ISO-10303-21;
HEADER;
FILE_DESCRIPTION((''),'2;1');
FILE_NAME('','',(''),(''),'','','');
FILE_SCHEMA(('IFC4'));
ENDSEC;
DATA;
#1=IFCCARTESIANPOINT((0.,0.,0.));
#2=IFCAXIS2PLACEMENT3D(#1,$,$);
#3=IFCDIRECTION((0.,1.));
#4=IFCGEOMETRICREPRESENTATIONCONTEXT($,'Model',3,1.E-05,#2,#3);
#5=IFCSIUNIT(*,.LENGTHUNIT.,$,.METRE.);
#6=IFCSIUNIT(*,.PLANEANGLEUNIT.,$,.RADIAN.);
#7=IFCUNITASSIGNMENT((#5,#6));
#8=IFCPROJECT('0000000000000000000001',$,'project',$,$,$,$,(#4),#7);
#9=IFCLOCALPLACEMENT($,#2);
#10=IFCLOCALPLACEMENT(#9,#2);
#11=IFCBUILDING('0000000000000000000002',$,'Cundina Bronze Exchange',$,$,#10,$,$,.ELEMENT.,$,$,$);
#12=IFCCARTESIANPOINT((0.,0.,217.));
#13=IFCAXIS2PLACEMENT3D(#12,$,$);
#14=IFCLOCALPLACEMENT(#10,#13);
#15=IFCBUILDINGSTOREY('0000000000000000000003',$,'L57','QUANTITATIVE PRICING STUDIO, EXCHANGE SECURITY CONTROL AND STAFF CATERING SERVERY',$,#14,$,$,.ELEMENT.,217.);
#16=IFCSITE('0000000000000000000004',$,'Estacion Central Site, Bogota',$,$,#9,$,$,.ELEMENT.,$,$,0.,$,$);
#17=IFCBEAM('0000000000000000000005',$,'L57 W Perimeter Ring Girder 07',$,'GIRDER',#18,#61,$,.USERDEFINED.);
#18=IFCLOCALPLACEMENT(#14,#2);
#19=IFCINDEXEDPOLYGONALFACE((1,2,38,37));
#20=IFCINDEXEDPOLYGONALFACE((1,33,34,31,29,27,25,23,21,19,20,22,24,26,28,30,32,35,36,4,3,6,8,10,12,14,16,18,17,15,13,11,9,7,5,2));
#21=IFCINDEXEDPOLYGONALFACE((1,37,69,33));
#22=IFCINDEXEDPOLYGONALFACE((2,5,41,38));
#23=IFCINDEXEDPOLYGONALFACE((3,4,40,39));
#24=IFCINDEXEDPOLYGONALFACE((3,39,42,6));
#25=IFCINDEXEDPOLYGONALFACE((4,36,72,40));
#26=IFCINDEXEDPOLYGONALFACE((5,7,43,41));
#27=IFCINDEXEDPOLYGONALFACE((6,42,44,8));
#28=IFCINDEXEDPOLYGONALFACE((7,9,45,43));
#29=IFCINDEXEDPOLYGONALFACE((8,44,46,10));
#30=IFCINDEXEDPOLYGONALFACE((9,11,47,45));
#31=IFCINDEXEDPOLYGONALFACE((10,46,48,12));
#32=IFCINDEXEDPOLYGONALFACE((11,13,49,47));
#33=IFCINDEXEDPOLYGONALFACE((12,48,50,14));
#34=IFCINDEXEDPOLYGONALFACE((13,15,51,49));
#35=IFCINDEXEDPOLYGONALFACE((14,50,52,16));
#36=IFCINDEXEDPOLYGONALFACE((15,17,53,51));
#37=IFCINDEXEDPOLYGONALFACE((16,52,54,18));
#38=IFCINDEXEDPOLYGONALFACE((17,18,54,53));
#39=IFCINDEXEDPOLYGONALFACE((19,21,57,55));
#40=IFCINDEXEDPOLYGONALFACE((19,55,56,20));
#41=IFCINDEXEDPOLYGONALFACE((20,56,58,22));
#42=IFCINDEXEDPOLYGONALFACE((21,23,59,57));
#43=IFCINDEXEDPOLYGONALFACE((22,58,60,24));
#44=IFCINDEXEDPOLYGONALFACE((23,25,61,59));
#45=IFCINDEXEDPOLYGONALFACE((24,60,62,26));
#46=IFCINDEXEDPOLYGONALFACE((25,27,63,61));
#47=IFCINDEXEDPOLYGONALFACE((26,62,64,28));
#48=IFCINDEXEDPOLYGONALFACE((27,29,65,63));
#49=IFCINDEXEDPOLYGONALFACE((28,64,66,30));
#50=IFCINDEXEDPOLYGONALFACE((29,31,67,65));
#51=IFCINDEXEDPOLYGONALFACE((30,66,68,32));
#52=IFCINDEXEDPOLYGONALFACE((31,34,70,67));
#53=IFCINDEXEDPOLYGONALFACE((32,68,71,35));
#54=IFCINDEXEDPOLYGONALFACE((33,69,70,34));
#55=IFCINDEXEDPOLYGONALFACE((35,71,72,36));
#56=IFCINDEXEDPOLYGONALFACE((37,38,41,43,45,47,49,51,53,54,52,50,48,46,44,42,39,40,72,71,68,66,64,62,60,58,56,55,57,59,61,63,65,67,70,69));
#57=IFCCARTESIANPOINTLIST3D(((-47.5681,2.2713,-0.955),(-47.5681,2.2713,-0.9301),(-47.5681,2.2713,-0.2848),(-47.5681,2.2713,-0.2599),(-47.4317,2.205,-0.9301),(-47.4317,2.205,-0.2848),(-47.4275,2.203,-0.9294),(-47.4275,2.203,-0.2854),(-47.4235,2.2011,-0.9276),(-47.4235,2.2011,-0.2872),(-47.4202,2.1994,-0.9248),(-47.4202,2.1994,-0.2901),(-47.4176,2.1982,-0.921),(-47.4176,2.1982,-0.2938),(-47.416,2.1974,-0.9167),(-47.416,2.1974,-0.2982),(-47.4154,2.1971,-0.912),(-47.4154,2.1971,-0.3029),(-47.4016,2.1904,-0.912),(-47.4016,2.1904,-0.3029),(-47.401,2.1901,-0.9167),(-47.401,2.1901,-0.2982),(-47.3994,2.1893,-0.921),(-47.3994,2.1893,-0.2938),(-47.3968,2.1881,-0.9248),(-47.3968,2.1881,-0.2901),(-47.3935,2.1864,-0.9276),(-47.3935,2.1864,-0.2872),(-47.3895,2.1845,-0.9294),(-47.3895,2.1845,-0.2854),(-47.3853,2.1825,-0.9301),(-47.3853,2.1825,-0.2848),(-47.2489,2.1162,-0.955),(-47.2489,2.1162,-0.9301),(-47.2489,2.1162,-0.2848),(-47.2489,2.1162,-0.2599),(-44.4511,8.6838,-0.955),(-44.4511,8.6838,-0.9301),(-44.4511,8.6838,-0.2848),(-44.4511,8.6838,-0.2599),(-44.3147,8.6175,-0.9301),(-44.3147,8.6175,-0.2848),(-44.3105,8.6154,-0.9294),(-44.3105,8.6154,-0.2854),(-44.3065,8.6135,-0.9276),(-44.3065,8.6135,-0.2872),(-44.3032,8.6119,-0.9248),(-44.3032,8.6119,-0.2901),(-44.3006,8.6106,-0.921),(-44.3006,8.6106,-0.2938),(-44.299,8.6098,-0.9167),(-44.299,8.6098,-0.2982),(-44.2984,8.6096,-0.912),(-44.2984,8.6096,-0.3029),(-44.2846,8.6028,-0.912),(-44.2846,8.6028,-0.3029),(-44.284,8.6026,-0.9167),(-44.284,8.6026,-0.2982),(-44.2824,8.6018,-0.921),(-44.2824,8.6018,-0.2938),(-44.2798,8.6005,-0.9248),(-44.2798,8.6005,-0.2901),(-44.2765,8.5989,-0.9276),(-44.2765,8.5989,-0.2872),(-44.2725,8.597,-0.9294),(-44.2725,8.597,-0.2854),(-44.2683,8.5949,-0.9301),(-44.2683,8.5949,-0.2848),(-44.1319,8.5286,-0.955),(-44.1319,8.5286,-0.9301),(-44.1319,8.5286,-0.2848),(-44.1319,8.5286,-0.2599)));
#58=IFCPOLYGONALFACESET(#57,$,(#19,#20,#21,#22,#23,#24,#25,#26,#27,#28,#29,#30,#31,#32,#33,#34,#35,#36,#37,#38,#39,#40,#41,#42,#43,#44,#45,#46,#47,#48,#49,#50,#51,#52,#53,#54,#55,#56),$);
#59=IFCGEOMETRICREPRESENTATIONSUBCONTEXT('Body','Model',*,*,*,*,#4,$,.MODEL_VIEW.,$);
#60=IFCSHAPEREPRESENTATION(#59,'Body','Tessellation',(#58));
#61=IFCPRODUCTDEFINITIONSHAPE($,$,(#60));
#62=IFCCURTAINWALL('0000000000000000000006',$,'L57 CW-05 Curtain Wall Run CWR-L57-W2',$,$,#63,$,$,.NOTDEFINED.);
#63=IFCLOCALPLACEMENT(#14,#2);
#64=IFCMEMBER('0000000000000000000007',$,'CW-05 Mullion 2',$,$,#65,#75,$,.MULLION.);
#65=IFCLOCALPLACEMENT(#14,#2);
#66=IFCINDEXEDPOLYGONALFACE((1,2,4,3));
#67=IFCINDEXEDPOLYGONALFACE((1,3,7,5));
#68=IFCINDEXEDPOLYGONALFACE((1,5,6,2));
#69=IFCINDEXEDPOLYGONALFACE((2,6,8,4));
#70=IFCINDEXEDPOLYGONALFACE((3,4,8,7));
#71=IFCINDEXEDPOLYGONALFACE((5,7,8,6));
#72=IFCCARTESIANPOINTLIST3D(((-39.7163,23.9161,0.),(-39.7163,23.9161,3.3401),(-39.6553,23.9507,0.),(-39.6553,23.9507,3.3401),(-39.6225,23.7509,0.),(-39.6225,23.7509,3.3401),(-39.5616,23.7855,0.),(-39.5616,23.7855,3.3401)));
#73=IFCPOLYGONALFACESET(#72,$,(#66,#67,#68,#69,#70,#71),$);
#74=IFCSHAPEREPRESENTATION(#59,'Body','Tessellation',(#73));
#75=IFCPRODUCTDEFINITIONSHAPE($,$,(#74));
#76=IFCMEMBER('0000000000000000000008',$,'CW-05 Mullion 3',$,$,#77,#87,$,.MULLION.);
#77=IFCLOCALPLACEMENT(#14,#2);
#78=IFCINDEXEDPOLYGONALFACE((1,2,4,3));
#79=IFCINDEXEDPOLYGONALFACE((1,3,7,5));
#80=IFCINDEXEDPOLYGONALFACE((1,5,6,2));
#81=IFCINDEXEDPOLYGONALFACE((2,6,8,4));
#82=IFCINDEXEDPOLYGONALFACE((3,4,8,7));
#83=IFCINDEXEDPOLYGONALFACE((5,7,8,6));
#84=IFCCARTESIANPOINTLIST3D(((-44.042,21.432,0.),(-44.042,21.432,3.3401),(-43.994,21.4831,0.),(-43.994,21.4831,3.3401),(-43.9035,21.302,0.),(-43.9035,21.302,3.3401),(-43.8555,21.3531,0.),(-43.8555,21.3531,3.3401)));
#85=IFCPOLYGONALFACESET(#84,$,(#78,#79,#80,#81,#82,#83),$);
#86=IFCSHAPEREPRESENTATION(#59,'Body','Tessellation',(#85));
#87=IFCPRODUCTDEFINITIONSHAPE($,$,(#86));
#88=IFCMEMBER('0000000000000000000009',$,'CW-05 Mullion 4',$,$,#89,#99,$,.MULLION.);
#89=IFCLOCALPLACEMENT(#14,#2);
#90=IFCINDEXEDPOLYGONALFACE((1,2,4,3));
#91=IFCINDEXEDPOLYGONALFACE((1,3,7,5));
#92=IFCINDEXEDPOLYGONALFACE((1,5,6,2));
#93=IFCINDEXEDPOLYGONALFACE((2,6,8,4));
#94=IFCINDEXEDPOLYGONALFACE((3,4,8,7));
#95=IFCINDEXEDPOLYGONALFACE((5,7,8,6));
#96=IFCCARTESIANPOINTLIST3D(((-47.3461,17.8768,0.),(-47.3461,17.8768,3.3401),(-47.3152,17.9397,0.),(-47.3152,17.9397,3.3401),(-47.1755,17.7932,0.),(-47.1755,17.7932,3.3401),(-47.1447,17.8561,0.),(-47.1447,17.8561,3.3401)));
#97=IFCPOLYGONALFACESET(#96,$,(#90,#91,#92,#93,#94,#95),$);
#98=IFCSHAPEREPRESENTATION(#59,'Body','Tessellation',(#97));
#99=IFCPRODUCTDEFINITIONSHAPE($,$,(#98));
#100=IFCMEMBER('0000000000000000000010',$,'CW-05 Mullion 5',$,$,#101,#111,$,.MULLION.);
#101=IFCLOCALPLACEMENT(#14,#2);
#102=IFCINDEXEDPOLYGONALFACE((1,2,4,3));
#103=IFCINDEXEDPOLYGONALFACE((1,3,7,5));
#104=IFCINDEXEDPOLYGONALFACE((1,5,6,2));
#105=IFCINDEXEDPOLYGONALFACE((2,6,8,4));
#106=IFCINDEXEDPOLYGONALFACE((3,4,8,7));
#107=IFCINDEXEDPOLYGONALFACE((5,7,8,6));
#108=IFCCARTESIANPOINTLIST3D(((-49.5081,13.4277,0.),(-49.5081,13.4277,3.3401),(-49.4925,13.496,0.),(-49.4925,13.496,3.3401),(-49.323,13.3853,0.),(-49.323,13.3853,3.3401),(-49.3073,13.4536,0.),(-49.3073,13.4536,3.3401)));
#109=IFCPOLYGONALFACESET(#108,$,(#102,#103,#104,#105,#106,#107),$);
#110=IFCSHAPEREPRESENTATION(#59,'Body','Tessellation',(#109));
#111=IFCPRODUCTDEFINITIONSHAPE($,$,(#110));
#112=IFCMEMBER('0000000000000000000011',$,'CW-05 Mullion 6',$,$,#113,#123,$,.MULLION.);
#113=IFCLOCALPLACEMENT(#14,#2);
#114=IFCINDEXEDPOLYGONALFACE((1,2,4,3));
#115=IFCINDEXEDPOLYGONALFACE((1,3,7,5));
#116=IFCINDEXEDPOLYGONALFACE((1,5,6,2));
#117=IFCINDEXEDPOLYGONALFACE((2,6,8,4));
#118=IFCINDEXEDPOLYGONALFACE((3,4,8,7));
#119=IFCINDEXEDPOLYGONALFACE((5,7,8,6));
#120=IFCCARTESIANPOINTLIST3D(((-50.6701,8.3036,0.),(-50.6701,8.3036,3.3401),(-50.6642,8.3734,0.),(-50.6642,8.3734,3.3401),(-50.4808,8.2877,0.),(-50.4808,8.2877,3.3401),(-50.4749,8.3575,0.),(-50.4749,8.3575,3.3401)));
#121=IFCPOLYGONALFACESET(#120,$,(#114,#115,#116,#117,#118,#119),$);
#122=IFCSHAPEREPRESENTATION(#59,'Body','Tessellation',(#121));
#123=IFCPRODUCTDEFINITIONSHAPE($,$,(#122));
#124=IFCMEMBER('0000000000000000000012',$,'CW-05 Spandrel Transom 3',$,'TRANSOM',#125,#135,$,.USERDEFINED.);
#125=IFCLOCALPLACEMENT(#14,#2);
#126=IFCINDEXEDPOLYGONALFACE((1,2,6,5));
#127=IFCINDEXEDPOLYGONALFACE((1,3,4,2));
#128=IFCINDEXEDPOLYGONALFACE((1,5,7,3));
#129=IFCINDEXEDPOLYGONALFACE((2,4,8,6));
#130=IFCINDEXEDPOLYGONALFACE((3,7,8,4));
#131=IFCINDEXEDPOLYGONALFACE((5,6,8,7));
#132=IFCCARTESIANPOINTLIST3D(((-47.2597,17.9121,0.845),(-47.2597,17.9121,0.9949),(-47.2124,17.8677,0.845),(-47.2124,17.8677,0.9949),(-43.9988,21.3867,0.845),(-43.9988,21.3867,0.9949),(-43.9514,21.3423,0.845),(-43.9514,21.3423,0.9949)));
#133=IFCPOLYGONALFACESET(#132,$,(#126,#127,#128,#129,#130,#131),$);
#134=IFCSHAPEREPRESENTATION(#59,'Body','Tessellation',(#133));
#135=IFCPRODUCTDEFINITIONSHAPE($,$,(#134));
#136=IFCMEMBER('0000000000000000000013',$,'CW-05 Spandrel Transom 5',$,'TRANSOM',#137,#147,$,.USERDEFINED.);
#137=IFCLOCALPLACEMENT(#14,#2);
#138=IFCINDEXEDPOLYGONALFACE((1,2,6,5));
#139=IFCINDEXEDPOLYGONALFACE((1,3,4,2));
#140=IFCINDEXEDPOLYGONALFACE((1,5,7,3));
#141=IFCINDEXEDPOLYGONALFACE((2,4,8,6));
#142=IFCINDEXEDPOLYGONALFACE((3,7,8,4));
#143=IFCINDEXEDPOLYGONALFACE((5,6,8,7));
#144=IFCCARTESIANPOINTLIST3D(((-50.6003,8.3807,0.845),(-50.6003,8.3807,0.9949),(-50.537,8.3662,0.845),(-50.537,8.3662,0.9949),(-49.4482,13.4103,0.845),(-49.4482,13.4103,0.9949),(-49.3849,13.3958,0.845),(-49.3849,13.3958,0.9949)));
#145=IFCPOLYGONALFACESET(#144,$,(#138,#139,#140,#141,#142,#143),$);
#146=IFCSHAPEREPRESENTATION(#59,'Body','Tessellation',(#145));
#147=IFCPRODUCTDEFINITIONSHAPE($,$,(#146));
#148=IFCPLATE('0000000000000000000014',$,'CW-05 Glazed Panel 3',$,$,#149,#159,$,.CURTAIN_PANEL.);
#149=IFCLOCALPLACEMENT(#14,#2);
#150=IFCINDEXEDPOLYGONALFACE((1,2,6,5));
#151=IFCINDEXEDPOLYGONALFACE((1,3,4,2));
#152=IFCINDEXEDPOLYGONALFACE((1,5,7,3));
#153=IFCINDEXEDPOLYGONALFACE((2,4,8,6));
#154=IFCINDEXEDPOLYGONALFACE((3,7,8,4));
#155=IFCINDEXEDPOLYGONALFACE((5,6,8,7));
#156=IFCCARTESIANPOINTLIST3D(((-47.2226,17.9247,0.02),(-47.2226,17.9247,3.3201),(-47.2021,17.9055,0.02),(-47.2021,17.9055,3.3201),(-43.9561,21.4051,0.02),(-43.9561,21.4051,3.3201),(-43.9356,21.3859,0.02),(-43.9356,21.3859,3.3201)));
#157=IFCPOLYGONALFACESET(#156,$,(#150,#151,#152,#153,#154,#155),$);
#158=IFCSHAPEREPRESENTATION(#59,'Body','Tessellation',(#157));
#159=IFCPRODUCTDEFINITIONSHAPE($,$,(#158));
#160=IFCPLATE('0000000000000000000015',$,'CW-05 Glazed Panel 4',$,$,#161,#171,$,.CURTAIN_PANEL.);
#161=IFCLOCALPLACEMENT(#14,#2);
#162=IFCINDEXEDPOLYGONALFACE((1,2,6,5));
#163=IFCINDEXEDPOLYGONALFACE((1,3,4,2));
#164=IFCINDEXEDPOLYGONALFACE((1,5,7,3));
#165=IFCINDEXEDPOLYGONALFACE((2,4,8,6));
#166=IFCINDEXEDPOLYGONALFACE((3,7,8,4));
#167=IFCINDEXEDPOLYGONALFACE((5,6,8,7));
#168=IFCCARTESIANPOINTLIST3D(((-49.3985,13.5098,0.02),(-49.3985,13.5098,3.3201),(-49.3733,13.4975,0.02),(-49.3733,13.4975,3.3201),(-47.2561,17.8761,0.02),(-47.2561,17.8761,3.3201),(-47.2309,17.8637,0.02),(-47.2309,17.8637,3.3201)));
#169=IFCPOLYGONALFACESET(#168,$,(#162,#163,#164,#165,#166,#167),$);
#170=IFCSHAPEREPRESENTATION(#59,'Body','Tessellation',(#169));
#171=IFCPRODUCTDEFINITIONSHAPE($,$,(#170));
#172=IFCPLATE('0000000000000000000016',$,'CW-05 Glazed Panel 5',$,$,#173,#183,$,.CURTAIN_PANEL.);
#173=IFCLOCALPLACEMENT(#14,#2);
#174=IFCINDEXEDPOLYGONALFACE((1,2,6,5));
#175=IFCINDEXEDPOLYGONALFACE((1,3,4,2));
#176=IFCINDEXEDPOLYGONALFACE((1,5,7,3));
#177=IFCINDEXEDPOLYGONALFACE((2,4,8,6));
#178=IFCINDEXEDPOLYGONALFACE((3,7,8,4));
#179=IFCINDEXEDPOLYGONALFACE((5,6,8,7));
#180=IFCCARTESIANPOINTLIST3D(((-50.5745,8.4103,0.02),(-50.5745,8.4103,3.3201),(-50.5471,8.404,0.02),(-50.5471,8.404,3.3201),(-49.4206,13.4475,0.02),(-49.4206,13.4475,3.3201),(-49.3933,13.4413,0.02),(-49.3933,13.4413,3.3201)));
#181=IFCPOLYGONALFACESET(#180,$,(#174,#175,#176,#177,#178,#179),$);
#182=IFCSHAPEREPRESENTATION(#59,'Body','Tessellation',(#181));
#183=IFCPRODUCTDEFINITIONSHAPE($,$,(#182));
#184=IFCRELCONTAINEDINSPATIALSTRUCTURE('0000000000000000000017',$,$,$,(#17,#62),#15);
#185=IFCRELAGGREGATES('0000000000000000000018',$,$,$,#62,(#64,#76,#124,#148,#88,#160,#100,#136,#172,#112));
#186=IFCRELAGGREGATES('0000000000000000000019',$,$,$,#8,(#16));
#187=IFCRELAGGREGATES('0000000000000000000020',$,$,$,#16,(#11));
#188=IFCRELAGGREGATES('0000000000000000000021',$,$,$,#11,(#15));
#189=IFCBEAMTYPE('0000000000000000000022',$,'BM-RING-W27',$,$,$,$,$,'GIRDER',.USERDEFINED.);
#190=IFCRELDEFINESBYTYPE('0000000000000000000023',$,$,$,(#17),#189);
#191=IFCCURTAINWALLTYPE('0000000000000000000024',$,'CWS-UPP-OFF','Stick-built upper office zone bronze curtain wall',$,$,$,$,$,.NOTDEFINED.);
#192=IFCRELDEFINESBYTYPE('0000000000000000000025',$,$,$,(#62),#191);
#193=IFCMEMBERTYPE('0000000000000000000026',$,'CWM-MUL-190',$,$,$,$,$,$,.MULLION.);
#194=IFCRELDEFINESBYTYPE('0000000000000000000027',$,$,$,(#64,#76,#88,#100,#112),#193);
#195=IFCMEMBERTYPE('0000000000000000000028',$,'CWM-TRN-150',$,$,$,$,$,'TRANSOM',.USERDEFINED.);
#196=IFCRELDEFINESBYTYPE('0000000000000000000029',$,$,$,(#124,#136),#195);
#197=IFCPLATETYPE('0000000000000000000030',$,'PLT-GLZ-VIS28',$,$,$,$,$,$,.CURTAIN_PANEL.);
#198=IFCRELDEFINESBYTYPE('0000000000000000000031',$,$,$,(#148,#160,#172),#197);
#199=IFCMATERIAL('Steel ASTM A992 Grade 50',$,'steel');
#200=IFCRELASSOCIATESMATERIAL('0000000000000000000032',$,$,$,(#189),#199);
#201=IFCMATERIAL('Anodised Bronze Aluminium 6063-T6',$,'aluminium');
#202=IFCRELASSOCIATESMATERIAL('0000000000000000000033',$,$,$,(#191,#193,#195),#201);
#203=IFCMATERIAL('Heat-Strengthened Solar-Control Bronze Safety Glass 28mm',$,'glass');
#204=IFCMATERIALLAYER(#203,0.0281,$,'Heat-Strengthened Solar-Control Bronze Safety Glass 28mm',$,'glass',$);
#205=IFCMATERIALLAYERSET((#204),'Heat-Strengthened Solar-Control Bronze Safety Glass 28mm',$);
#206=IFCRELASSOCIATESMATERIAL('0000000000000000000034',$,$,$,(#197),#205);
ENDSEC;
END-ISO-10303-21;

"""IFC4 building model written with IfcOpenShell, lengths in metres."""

from ifc_helpers import new_model, si_unit, direction, frame, origin, origin_2d, place, context, subcontext, project, spatial, rectangle, i_section, extrude, material, layer, layer_set, material_profile, profile_set, type_object, element, aggregate, save


model = new_model("IFC4")

# Units and contexts
model_context = context("Model", 3, precision=1e-05, world=origin(), true_north=direction((0.0, 1.0)))
body_context = subcontext(model_context, "Body", "Model", "MODEL_VIEW")
ifc_project = project(units=[si_unit("LENGTHUNIT", "METRE"), si_unit("PLANEANGLEUNIT", "RADIAN")], contexts=[model_context])

# Site, building, storey
site_placement = place(None, origin())
site = spatial("IfcSite", under=ifc_project, at=site_placement, Name="Estacion Central Site, Bogota", CompositionType="ELEMENT", RefElevation=0.0)
building_placement = place(site_placement, origin())
building = spatial("IfcBuilding", under=site, at=building_placement, Name="Cundina Bronze Exchange", CompositionType="ELEMENT")
storey_placement = place(building_placement, frame((0.0, 0.0, 217.0)))
storey = spatial("IfcBuildingStorey", under=building, at=storey_placement, Name="L57", Description="QUANTITATIVE PRICING STUDIO, EXCHANGE SECURITY CONTROL AND STAFF CATERING SERVERY", CompositionType="ELEMENT", Elevation=217.0)

# Beam
ifc_material_1 = material(Name="Steel ASTM A992 Grade 50", Category="steel")
ifc_material_profile_1 = material_profile(ifc_material_1, i_section(OverallWidth=0.355, OverallDepth=0.6951, WebThickness=0.0154, FlangeThickness=0.0249, FilletRadius=0.0181, at=origin_2d()), Name="W27X146", Category="steel")
ifc_profile_set_1 = profile_set([ifc_material_profile_1], Name="Steel ASTM A992 Grade 50")
beam_type_1 = type_object("IfcBeamType", Name="BM-RING-W27", ElementType="GIRDER", PredefinedType="USERDEFINED", material=ifc_profile_set_1)
for number, where, z_axis, x_axis, name in (
    (1, (-44.2915, 8.6062, -0.6074), (-0.437173, -0.899377, 0.0), (0.899377, -0.437173, 0.0), "L57 W Perimeter Ring Girder 07"),
):
    element("IfcBeam", number, at=place(storey_placement, frame(where, z_axis=z_axis, x_axis=x_axis)), inside=storey, type_object=beam_type_1, Name=name, ObjectType="GIRDER", PredefinedType="USERDEFINED", context=body_context, shape_type="SweptSolid", body=[
        extrude(i_section(OverallWidth=0.355, OverallDepth=0.6951, WebThickness=0.0154, FlangeThickness=0.0249, FilletRadius=0.0181, at=origin_2d()), origin(), (0.0, 0.0, 1.0), 7.1299),
    ])

# Curtain wall, members, plates
ifc_material_2 = material(Name="Anodised Bronze Aluminium 6063-T6", Category="aluminium")
curtain_wall_type = type_object("IfcCurtainWallType", Name="CWS-UPP-OFF", Description="Stick-built upper office zone bronze curtain wall", PredefinedType="NOTDEFINED", material=ifc_material_2)
curtain_wall_placement = place(storey_placement, origin())
curtain_wall = element("IfcCurtainWall", 2, at=curtain_wall_placement, inside=storey, type_object=curtain_wall_type, Name="L57 CW-05 Curtain Wall Run CWR-L57-W2", PredefinedType="NOTDEFINED")
ifc_material_profile_2 = material_profile(ifc_material_2, rectangle(XDim=0.0701, YDim=0.1899, at=origin_2d()), Name="AL70X190", Category="aluminium")
ifc_profile_set_2 = profile_set([ifc_material_profile_2], Name="Anodised Bronze Aluminium 6063-T6")
member_type_1 = type_object("IfcMemberType", Name="CWM-MUL-190", PredefinedType="MULLION", material=ifc_profile_set_2)
member_1_placement = place(storey_placement, frame((-39.6389, 23.8508, 0.0), z_axis=(0.0, 0.0, 1.0), x_axis=(-0.869581, -0.49379, 0.0)))
member_1 = element("IfcMember", 3, at=member_1_placement, type_object=member_type_1, Name="CW-05 Mullion 2", PredefinedType="MULLION", context=body_context, shape_type="SweptSolid", body=[
    extrude(rectangle(XDim=0.0701, YDim=0.1899, at=origin_2d()), origin(), (0.0, 0.0, 1.0), 3.3401),
])
member_2_placement = place(storey_placement, frame((-43.9487, 21.3926, 0.0), z_axis=(0.0, 0.0, 1.0), x_axis=(-0.684293, -0.729208, 0.0)))
member_2 = element("IfcMember", 4, at=member_2_placement, type_object=member_type_1, Name="CW-05 Mullion 3", PredefinedType="MULLION", context=body_context, shape_type="SweptSolid", body=[
    extrude(rectangle(XDim=0.0701, YDim=0.1899, at=origin_2d()), origin(), (0.0, 0.0, 1.0), 3.3401),
])
member_3_placement = place(storey_placement, frame((-47.2454, 17.8665, 0.0), z_axis=(0.0, 0.0, 1.0), x_axis=(-0.440566, -0.89772, 0.0)))
member_3 = element("IfcMember", 5, at=member_3_placement, type_object=member_type_1, Name="CW-05 Mullion 4", PredefinedType="MULLION", context=body_context, shape_type="SweptSolid", body=[
    extrude(rectangle(XDim=0.0701, YDim=0.1899, at=origin_2d()), origin(), (0.0, 0.0, 1.0), 3.3401),
])
member_4_placement = place(storey_placement, frame((-49.4077, 13.4407, 0.0), z_axis=(0.0, 0.0, 1.0), x_axis=(-0.22325, -0.974761, 0.0)))
member_4 = element("IfcMember", 6, at=member_4_placement, type_object=member_type_1, Name="CW-05 Mullion 5", PredefinedType="MULLION", context=body_context, shape_type="SweptSolid", body=[
    extrude(rectangle(XDim=0.0701, YDim=0.1899, at=origin_2d()), origin(), (0.0, 0.0, 1.0), 3.3401),
])
member_5_placement = place(storey_placement, frame((-50.5725, 8.3306, 0.0), z_axis=(0.0, 0.0, 1.0), x_axis=(-0.083678, -0.996493, 0.0)))
member_5 = element("IfcMember", 7, at=member_5_placement, type_object=member_type_1, Name="CW-05 Mullion 6", PredefinedType="MULLION", context=body_context, shape_type="SweptSolid", body=[
    extrude(rectangle(XDim=0.0701, YDim=0.1899, at=origin_2d()), origin(), (0.0, 0.0, 1.0), 3.3401),
])
ifc_material_profile_3 = material_profile(ifc_material_2, rectangle(XDim=0.0649, YDim=0.1499, at=origin_2d()), Name="AL65X150", Category="aluminium")
ifc_profile_set_3 = profile_set([ifc_material_profile_3], Name="Anodised Bronze Aluminium 6063-T6")
member_type_2 = type_object("IfcMemberType", Name="CWM-TRN-150", ElementType="TRANSOM", PredefinedType="USERDEFINED", material=ifc_profile_set_3)
member_6_placement = place(storey_placement, frame((-43.9751, 21.3645, 0.9199), z_axis=(-0.684336, -0.729166, 0.0), x_axis=(0.729166, -0.684336, 0.0)))
member_6 = element("IfcMember", 8, at=member_6_placement, type_object=member_type_2, Name="CW-05 Spandrel Transom 3", ObjectType="TRANSOM", PredefinedType="USERDEFINED", context=body_context, shape_type="SweptSolid", body=[
    extrude(rectangle(XDim=0.0649, YDim=0.1499, at=origin_2d()), origin(), (0.0, 0.0, 1.0), 4.7651),
])
member_7_placement = place(storey_placement, frame((-49.4165, 13.4031, 0.9199), z_axis=(-0.223283, -0.974754, 0.0), x_axis=(0.974754, -0.223283, 0.0)))
member_7 = element("IfcMember", 9, at=member_7_placement, type_object=member_type_2, Name="CW-05 Spandrel Transom 5", ObjectType="TRANSOM", PredefinedType="USERDEFINED", context=body_context, shape_type="SweptSolid", body=[
    extrude(rectangle(XDim=0.0649, YDim=0.1499, at=origin_2d()), origin(), (0.0, 0.0, 1.0), 5.1599),
])
ifc_material_3 = material(Name="Heat-Strengthened Solar-Control Bronze Safety Glass 28mm", Category="glass")
ifc_layer_1 = layer(ifc_material_3, 0.0281, Name="Heat-Strengthened Solar-Control Bronze Safety Glass 28mm", Category="glass")
ifc_layer_set_1 = layer_set([ifc_layer_1], Name="Heat-Strengthened Solar-Control Bronze Safety Glass 28mm")
plate_type_1 = type_object("IfcPlateType", Name="PLT-GLZ-VIS28", PredefinedType="CURTAIN_PANEL", material=ifc_layer_set_1)
plate_1_placement = place(storey_placement, frame((-45.5791, 19.6553, 0.02), z_axis=(0.0, 0.0, 1.0), x_axis=(-0.684344, -0.72916, 0.0)))
plate_1 = element("IfcPlate", 10, at=plate_1_placement, type_object=plate_type_1, Name="CW-05 Glazed Panel 3", PredefinedType="CURTAIN_PANEL", context=body_context, shape_type="SweptSolid", body=[
    extrude(rectangle(XDim=4.7732, YDim=0.0281, at=origin_2d()), origin(), (0.0, 0.0, 1.0), 3.3),
])
plate_2_placement = place(storey_placement, frame((-48.3147, 15.6868, 0.02), z_axis=(0.0, 0.0, 1.0), x_axis=(-0.440503, -0.897751, 0.0)))
plate_2 = element("IfcPlate", 11, at=plate_2_placement, type_object=plate_type_1, Name="CW-05 Glazed Panel 4", PredefinedType="CURTAIN_PANEL", context=body_context, shape_type="SweptSolid", body=[
    extrude(rectangle(XDim=4.8635, YDim=0.0281, at=origin_2d()), origin(), (0.0, 0.0, 1.0), 3.3),
])
plate_3_placement = place(storey_placement, frame((-49.9839, 10.9258, 0.02), z_axis=(0.0, 0.0, 1.0), x_axis=(-0.223284, -0.974753, 0.0)))
plate_3 = element("IfcPlate", 12, at=plate_3_placement, type_object=plate_type_1, Name="CW-05 Glazed Panel 5", PredefinedType="CURTAIN_PANEL", context=body_context, shape_type="SweptSolid", body=[
    extrude(rectangle(XDim=5.1677, YDim=0.0281, at=origin_2d()), origin(), (0.0, 0.0, 1.0), 3.3),
])
aggregate(curtain_wall, [member_1, member_2, member_6, plate_1, member_3, plate_2, member_4, member_7, plate_3, member_5])

save(model, "model.ifc")
